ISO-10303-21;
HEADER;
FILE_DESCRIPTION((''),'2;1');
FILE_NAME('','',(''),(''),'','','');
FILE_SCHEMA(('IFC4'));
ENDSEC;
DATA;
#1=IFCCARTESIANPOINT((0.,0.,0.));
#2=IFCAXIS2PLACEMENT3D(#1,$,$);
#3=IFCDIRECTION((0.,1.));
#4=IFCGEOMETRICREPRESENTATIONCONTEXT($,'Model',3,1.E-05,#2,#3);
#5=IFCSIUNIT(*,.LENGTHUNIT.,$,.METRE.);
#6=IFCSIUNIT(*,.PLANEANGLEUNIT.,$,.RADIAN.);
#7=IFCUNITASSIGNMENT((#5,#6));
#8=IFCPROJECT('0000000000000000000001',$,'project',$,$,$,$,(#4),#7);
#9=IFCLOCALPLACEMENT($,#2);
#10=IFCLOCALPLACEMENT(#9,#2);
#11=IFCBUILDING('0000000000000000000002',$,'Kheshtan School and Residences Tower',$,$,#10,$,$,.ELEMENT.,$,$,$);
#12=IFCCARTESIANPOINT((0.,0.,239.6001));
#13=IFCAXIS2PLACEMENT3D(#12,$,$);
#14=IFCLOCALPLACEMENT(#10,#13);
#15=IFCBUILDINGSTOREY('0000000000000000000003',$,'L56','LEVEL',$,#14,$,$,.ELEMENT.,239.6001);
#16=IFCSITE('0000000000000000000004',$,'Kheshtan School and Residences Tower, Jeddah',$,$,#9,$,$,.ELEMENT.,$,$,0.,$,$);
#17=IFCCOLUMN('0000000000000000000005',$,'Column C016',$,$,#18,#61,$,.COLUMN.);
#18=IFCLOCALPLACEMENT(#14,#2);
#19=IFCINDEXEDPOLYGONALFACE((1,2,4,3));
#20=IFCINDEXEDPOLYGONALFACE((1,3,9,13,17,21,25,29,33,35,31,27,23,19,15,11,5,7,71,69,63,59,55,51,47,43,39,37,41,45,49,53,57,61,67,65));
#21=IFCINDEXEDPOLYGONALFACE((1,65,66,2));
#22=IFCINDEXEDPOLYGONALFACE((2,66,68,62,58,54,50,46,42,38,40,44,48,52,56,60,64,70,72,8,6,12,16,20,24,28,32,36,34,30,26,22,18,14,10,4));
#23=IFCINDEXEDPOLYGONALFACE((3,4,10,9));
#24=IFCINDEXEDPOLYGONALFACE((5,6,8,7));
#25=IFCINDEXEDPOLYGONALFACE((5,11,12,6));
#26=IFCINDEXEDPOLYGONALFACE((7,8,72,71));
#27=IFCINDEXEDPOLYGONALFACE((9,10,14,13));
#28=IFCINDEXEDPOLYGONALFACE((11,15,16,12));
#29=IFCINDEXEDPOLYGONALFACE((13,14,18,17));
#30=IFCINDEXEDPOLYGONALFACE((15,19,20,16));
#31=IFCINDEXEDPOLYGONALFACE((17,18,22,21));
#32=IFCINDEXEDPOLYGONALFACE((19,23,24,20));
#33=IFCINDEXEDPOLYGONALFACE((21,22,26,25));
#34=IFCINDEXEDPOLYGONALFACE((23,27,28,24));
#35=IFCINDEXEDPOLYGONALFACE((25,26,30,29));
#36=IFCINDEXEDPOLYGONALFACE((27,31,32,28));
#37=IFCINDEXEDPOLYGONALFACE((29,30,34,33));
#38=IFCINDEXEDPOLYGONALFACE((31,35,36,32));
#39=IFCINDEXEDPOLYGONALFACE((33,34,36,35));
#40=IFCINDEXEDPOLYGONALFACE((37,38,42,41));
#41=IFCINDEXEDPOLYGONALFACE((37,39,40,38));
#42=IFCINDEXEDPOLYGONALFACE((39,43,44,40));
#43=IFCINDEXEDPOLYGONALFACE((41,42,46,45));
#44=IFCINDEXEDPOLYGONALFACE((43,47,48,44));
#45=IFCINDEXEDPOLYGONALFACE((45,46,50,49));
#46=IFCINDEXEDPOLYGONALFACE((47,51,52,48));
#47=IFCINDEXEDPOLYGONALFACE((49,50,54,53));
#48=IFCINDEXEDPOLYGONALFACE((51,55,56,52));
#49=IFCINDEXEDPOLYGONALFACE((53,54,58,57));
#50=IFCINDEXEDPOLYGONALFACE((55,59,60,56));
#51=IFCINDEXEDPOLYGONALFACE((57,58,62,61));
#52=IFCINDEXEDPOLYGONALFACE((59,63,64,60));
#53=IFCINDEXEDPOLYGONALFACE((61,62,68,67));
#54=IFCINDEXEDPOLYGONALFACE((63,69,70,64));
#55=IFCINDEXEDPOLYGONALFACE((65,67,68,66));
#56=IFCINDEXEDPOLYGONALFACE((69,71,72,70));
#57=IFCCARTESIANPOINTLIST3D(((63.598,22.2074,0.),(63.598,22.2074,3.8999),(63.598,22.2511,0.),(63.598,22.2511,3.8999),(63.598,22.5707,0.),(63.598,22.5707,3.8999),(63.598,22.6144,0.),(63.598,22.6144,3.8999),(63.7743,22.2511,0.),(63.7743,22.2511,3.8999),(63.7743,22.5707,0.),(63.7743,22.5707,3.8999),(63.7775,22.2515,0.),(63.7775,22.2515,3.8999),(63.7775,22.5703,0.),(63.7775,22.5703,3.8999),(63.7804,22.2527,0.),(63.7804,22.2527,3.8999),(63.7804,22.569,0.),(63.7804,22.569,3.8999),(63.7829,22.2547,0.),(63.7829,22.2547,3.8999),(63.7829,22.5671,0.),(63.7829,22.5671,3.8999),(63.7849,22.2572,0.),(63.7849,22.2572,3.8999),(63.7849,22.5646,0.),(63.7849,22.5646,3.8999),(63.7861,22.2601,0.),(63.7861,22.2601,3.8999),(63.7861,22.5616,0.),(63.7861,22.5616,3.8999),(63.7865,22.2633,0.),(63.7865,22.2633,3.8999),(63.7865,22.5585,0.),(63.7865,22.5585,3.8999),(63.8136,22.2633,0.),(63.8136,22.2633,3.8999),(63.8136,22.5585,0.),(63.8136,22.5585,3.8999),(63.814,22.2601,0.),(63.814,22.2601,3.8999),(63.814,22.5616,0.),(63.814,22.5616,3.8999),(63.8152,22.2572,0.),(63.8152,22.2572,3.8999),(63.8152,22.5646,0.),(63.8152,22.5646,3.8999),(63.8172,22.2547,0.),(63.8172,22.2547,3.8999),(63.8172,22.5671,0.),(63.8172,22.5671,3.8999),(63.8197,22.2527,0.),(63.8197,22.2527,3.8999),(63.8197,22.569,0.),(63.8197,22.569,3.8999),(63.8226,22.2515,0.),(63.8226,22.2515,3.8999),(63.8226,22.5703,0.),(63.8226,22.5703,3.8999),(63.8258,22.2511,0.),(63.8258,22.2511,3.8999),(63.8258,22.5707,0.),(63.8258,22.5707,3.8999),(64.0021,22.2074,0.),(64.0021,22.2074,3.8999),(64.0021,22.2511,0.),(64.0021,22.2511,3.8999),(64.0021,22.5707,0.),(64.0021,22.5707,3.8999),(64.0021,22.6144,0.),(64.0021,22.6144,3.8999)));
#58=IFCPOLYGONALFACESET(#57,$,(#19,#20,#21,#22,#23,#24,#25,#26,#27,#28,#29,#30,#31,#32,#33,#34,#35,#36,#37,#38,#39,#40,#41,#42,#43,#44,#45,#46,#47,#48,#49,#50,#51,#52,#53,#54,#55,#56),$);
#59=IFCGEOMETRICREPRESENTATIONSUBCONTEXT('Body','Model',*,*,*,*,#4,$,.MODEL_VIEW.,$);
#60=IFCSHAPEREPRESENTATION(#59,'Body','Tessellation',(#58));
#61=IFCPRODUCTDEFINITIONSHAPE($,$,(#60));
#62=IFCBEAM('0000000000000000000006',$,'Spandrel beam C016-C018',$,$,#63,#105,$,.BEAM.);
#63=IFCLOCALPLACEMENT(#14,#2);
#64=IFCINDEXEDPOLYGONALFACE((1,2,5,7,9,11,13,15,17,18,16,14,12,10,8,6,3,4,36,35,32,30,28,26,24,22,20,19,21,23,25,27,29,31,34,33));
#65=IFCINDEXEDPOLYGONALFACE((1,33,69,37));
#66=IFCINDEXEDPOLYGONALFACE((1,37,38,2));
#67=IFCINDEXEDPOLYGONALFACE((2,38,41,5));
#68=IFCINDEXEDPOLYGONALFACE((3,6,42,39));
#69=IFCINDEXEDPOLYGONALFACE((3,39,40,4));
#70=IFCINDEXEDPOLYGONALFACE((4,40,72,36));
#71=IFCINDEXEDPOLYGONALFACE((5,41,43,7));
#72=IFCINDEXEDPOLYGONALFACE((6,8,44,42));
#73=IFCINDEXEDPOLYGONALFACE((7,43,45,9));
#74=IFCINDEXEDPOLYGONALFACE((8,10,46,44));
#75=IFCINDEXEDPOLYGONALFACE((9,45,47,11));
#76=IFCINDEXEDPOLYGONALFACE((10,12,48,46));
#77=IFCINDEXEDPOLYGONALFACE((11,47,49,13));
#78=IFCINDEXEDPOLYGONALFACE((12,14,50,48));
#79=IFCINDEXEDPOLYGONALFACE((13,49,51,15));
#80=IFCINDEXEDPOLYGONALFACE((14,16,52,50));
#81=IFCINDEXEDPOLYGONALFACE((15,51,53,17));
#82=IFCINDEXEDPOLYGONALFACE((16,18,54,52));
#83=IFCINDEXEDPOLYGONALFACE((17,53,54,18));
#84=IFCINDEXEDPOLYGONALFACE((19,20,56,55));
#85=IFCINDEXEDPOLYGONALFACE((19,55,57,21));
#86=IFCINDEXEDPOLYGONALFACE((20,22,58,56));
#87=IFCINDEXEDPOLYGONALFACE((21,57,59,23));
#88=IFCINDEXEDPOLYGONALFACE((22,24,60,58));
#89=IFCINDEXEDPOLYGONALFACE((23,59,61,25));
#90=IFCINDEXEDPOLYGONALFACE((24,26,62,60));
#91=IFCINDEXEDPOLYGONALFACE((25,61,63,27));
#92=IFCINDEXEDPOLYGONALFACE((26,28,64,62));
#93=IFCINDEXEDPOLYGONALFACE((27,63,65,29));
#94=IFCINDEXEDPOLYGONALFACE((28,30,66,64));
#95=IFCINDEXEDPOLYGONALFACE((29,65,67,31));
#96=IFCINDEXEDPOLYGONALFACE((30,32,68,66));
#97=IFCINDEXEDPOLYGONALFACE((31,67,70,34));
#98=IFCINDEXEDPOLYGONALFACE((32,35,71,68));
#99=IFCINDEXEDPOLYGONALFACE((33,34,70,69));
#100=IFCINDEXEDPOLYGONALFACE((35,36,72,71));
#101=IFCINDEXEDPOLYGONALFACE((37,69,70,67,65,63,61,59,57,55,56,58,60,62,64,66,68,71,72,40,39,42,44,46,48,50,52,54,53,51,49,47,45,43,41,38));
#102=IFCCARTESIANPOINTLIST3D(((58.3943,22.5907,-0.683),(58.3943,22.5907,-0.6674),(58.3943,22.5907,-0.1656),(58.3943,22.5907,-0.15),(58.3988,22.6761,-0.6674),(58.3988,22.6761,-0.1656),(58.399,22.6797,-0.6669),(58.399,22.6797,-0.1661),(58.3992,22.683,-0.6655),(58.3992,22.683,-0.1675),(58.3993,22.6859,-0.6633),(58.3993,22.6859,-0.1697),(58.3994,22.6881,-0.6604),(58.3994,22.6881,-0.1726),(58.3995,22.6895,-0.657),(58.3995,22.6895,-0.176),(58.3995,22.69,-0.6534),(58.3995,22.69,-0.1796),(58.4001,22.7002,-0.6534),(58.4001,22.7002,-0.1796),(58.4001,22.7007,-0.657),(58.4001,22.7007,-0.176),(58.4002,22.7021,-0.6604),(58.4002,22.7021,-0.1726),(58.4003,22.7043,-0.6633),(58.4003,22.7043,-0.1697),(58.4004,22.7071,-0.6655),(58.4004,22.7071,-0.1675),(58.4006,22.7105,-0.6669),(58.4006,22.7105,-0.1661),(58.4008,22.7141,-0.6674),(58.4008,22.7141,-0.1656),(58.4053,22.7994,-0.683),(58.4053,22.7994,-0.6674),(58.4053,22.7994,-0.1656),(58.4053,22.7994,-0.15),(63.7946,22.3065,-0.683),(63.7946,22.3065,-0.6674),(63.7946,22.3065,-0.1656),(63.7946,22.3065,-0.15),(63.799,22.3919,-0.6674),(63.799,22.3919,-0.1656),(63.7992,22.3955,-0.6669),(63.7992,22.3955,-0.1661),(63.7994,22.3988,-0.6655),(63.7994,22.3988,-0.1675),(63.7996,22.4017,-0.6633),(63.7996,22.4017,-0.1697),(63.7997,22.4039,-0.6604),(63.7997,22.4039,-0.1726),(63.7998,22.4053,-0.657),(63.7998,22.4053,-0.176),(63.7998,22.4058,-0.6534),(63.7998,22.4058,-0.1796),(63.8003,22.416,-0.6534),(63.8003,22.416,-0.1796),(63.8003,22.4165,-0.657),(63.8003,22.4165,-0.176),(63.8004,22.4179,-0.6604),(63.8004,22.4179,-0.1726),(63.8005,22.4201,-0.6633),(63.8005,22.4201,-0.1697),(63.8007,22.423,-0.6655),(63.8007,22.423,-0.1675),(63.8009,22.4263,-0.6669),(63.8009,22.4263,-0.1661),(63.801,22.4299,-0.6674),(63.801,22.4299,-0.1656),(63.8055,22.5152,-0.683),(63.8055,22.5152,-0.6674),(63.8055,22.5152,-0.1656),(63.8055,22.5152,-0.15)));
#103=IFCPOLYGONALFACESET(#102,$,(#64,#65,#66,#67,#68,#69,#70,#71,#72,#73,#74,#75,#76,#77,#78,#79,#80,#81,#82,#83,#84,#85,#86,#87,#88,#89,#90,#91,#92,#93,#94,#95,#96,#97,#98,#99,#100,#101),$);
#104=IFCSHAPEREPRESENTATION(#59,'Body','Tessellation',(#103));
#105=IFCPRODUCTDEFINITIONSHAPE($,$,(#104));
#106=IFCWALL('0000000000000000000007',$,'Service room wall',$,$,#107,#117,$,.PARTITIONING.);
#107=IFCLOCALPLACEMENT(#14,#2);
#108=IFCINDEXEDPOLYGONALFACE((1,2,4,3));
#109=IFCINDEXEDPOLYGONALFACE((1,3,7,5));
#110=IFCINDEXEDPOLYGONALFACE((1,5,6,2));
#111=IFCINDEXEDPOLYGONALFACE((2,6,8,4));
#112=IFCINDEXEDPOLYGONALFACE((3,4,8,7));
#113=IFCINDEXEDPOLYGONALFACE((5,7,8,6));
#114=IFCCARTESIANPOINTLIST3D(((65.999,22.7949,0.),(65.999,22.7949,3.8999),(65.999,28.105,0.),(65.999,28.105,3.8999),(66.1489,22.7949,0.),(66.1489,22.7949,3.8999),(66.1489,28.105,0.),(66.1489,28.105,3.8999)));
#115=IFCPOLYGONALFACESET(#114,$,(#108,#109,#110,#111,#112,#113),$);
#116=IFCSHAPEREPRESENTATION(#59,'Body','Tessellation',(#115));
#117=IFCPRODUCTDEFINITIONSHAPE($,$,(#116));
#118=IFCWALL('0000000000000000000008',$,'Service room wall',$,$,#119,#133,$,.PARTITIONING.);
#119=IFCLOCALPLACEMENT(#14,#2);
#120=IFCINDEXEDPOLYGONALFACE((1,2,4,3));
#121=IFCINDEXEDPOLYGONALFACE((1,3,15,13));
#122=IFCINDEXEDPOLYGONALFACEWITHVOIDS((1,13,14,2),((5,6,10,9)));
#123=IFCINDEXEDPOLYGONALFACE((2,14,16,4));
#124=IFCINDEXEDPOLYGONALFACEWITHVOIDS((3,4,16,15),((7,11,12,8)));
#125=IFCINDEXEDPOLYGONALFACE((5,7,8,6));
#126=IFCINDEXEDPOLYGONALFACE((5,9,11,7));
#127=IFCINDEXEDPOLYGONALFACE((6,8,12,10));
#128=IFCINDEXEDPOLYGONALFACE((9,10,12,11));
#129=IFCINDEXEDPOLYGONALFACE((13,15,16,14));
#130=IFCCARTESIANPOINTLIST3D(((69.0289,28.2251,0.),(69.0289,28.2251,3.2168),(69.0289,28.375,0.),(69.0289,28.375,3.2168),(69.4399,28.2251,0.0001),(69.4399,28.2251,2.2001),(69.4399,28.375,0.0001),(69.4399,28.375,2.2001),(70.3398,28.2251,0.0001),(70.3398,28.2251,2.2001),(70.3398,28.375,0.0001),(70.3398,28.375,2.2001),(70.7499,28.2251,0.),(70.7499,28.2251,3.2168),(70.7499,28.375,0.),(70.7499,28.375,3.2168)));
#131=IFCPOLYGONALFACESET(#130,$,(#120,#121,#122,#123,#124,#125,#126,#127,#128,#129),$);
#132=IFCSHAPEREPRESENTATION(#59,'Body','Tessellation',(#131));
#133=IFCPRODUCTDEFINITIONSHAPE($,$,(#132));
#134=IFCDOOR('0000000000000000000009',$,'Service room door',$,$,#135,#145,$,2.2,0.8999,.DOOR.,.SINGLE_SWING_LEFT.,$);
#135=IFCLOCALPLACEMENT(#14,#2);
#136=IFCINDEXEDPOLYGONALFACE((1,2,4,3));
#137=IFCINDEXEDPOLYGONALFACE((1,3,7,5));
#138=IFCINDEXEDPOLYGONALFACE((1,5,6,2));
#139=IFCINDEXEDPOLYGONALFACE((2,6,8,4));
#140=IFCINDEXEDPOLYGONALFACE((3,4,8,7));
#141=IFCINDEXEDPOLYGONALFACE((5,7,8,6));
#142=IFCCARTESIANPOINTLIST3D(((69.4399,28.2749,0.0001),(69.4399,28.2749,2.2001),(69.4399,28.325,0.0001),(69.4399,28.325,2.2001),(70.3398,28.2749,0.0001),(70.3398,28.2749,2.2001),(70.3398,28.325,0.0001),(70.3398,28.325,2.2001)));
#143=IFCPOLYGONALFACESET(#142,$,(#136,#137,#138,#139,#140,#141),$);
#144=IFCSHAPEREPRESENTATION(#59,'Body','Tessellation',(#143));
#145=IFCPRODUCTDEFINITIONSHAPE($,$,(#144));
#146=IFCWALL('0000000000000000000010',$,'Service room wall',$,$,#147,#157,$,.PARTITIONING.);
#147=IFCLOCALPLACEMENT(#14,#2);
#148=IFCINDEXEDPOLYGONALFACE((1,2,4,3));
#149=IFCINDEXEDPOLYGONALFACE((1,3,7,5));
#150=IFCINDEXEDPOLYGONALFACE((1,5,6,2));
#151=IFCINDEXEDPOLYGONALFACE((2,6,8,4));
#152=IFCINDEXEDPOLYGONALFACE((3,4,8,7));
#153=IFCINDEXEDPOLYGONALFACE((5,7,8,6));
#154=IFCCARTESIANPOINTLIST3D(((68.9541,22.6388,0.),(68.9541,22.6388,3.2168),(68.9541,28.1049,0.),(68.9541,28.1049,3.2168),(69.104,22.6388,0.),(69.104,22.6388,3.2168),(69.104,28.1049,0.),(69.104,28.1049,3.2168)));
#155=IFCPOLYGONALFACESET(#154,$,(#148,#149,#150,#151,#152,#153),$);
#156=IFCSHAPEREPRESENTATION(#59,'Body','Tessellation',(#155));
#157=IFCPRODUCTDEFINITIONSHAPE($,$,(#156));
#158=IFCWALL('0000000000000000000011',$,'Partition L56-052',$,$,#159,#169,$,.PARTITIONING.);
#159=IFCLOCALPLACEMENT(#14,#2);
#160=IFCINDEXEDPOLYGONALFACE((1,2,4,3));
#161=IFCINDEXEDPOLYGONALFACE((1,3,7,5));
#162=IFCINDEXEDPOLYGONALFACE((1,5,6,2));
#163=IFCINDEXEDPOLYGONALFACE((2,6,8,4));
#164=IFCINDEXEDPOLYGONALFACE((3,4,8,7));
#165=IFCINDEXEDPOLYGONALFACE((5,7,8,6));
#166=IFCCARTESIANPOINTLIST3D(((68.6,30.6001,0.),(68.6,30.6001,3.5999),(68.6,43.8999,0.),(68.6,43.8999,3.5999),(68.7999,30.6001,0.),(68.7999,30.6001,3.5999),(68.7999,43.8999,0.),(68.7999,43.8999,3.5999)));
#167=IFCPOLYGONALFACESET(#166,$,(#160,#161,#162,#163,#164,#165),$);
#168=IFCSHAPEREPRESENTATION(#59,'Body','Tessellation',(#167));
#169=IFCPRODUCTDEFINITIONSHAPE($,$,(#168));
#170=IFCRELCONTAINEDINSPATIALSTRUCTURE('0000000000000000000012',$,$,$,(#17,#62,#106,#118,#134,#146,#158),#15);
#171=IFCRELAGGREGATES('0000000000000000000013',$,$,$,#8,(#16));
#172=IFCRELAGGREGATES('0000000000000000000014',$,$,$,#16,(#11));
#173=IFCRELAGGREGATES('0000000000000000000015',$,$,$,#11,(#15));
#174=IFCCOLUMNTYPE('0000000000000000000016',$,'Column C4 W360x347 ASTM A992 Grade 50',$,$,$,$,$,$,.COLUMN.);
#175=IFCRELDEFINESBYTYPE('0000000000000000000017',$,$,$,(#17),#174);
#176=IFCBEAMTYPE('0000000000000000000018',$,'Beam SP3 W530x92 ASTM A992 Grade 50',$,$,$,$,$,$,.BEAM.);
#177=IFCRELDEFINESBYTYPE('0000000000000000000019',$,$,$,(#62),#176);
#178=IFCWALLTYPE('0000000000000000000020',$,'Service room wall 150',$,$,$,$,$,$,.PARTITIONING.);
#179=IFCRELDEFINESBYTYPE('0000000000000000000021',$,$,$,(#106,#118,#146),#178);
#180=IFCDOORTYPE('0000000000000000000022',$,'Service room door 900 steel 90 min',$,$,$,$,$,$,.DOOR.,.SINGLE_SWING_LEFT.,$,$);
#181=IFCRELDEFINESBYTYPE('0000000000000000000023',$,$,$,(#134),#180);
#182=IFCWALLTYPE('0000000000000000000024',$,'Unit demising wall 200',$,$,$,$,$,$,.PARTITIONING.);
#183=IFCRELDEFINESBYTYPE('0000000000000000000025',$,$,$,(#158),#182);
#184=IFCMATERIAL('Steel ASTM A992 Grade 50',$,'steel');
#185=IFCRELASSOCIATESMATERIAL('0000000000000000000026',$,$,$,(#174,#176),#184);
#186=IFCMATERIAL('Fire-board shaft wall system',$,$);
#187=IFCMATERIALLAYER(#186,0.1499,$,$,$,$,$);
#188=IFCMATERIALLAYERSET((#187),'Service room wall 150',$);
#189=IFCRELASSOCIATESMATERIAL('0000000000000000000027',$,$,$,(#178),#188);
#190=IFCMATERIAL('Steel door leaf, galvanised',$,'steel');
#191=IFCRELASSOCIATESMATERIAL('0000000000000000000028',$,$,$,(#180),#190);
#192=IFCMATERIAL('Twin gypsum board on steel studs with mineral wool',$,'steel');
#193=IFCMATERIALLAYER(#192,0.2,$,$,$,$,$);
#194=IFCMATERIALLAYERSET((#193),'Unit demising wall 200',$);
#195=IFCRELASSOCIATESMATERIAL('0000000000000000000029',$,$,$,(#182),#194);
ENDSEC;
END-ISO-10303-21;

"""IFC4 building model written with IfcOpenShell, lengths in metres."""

from ifc_helpers import new_model, si_unit, direction, frame, frame_2d, origin, origin_2d, place, context, subcontext, project, spatial, rectangle, i_section, extrude, source, transform, mapped, material, layer, layer_set, material_profile, profile_set, type_object, element, fill, save


model = new_model("IFC4")

# Units and contexts
model_context = context("Model", 3, precision=1e-05, world=origin(), true_north=direction((0.0, 1.0)))
body_context = subcontext(model_context, "Body", "Model", "MODEL_VIEW")
ifc_project = project(units=[si_unit("LENGTHUNIT", "METRE"), si_unit("PLANEANGLEUNIT", "RADIAN")], contexts=[model_context])

# Site, building, storey
site_placement = place(None, origin())
site = spatial("IfcSite", under=ifc_project, at=site_placement, Name="Kheshtan School and Residences Tower, Jeddah", CompositionType="ELEMENT", RefElevation=0.0)
building_placement = place(site_placement, origin())
building = spatial("IfcBuilding", under=site, at=building_placement, Name="Kheshtan School and Residences Tower", CompositionType="ELEMENT")
storey_placement = place(building_placement, frame((0.0, 0.0, 239.6001)))
storey = spatial("IfcBuildingStorey", under=building, at=storey_placement, Name="L56", Description="LEVEL", CompositionType="ELEMENT", Elevation=239.6001)

# Column
ifc_material_1 = material(Name="Steel ASTM A992 Grade 50", Category="steel")
ifc_material_profile_1 = material_profile(ifc_material_1, i_section(OverallWidth=0.4041, OverallDepth=0.407, WebThickness=0.0271, FlangeThickness=0.0437, FilletRadius=0.0122, at=origin_2d()), Name="W360x347")
ifc_profile_set_1 = profile_set([ifc_material_profile_1], Name="Steel ASTM A992 Grade 50")
column_type = type_object("IfcColumnType", Name="Column C4 W360x347 ASTM A992 Grade 50", PredefinedType="COLUMN", material=ifc_profile_set_1)
column_placement = place(storey_placement, frame((63.8, 22.4109, 0.0), z_axis=(0.0, 0.0, 1.0), x_axis=(1.0, 0.0, 0.0)))
element("IfcColumn", 1, at=column_placement, inside=storey, type_object=column_type, Name="Column C016", PredefinedType="COLUMN", context=body_context, shape_type="SweptSolid", body=[
    extrude(i_section(OverallWidth=0.4041, OverallDepth=0.407, WebThickness=0.0271, FlangeThickness=0.0437, FilletRadius=0.0122, at=origin_2d()), origin(), (0.0, 0.0, 1.0), 3.8999),
])

# Beam
ifc_material_profile_2 = material_profile(ifc_material_1, i_section(OverallWidth=0.209, OverallDepth=0.533, WebThickness=0.0103, FlangeThickness=0.0156, FilletRadius=0.0139, at=origin_2d()), Name="W530x92")
ifc_profile_set_2 = profile_set([ifc_material_profile_2], Name="Steel ASTM A992 Grade 50")
beam_type = type_object("IfcBeamType", Name="Beam SP3 W530x92 ASTM A992 Grade 50", PredefinedType="BEAM", material=ifc_profile_set_2)
beam_placement = place(storey_placement, frame((63.8, 22.4109, -0.4165), z_axis=(-0.998618, 0.052552, 0.0), x_axis=(-0.052552, -0.998618, 0.0)))
element("IfcBeam", 2, at=beam_placement, inside=storey, type_object=beam_type, Name="Spandrel beam C016-C018", PredefinedType="BEAM", context=body_context, shape_type="SweptSolid", body=[
    extrude(i_section(OverallWidth=0.209, OverallDepth=0.533, WebThickness=0.0103, FlangeThickness=0.0156, FilletRadius=0.0139, at=origin_2d()), origin(), (0.0, 0.0, 1.0), 5.4077),
])

# Wall
ifc_material_2 = material(Name="Fire-board shaft wall system")
ifc_layer_1 = layer(ifc_material_2, 0.1499)
ifc_layer_set_1 = layer_set([ifc_layer_1], Name="Service room wall 150")
wall_type_1 = type_object("IfcWallType", Name="Service room wall 150", PredefinedType="PARTITIONING", material=ifc_layer_set_1)
wall_1_placement = place(storey_placement, frame((66.074, 22.7949, 0.0), z_axis=(0.0, 0.0, 1.0), x_axis=(0.0, 1.0, 0.0)))
element("IfcWall", 3, at=wall_1_placement, inside=storey, type_object=wall_type_1, Name="Service room wall", PredefinedType="PARTITIONING", context=body_context, shape_type="SweptSolid", body=[
    extrude(rectangle(XDim=5.3101, YDim=0.1499, at=frame_2d((2.655, 0.0))), origin(), (0.0, 0.0, 1.0), 3.8999),
])

# Wall, opening, door
wall_2_placement = place(storey_placement, frame((69.0291, 28.3, 0.0), z_axis=(0.0, 0.0, 1.0), x_axis=(1.0, 0.0, 0.0)))
wall_2 = element("IfcWall", 4, at=wall_2_placement, inside=storey, type_object=wall_type_1, Name="Service room wall", PredefinedType="PARTITIONING", context=body_context, shape_type="SweptSolid", body=[
    extrude(rectangle(XDim=1.7209, YDim=0.1499, at=frame_2d((0.8604, 0.0))), origin(), (0.0, 0.0, 1.0), 3.2168),
])
opening_1_placement = place(wall_2_placement, frame((0.4109, 0.0, 0.0)))
opening_1 = element("IfcOpeningElement", 5, at=opening_1_placement, cuts=wall_2, PredefinedType="OPENING", context=body_context, shape_type="SweptSolid", body=[
    extrude(rectangle(XDim=0.8999, YDim=2.2, at=frame_2d((0.45, 1.1001))), frame((0.0, 0.085, 0.0), z_axis=(0.0, -1.0, 0.0), x_axis=(1.0, 0.0, 0.0)), (0.0, 0.0, 1.0), 0.1699),
])
ifc_material_3 = material(Name="Steel door leaf, galvanised", Category="steel")
door_type_1 = type_object("IfcDoorType", Name="Service room door 900 steel 90 min", OperationType="SINGLE_SWING_LEFT", PredefinedType="DOOR", material=ifc_material_3)
shared_shape_1 = source(origin(), body_context, "Body", "SweptSolid", [
    extrude(rectangle(XDim=0.8999, YDim=2.2, at=frame_2d((0.45, 1.1001))), frame((0.0, 0.0249, 0.0), z_axis=(0.0, -1.0, 0.0), x_axis=(1.0, 0.0, 0.0)), (0.0, 0.0, 1.0), 0.05),
])
door_1_placement = place(opening_1_placement, origin())
door_1 = element("IfcDoor", 6, at=door_1_placement, inside=storey, type_object=door_type_1, Name="Service room door", OperationType="SINGLE_SWING_LEFT", OverallHeight=2.2, OverallWidth=0.8999, PredefinedType="DOOR", context=body_context, shape_type="MappedRepresentation", body=[
    mapped(shared_shape_1, transform((0.0, 0.0, 0.0), x_axis=(1.0, 0.0, 0.0), y_axis=(0.0, 1.0, 0.0), z_axis=(0.0, 0.0, 1.0), scale=1.0)),
])
fill(opening_1, door_1)

# Walls
wall_3_placement = place(storey_placement, frame((69.0291, 22.6389, 0.0), z_axis=(0.0, 0.0, 1.0), x_axis=(0.0, 1.0, 0.0)))
element("IfcWall", 7, at=wall_3_placement, inside=storey, type_object=wall_type_1, Name="Service room wall", PredefinedType="PARTITIONING", context=body_context, shape_type="SweptSolid", body=[
    extrude(rectangle(XDim=5.4661, YDim=0.1499, at=frame_2d((2.7329, 0.0))), origin(), (0.0, 0.0, 1.0), 3.2168),
])
ifc_material_4 = material(Name="Twin gypsum board on steel studs with mineral wool", Category="steel")
ifc_layer_2 = layer(ifc_material_4, 0.2)
ifc_layer_set_2 = layer_set([ifc_layer_2], Name="Unit demising wall 200")
wall_type_2 = type_object("IfcWallType", Name="Unit demising wall 200", PredefinedType="PARTITIONING", material=ifc_layer_set_2)
wall_4_placement = place(storey_placement, frame((68.7, 30.6001, 0.0), z_axis=(0.0, 0.0, 1.0), x_axis=(0.0, 1.0, 0.0)))
element("IfcWall", 8, at=wall_4_placement, inside=storey, type_object=wall_type_2, Name="Partition L56-052", PredefinedType="PARTITIONING", context=body_context, shape_type="SweptSolid", body=[
    extrude(rectangle(XDim=13.2998, YDim=0.2, at=frame_2d((6.6499, 0.0))), origin(), (0.0, 0.0, 1.0), 3.5999),
])

save(model, "model.ifc")
